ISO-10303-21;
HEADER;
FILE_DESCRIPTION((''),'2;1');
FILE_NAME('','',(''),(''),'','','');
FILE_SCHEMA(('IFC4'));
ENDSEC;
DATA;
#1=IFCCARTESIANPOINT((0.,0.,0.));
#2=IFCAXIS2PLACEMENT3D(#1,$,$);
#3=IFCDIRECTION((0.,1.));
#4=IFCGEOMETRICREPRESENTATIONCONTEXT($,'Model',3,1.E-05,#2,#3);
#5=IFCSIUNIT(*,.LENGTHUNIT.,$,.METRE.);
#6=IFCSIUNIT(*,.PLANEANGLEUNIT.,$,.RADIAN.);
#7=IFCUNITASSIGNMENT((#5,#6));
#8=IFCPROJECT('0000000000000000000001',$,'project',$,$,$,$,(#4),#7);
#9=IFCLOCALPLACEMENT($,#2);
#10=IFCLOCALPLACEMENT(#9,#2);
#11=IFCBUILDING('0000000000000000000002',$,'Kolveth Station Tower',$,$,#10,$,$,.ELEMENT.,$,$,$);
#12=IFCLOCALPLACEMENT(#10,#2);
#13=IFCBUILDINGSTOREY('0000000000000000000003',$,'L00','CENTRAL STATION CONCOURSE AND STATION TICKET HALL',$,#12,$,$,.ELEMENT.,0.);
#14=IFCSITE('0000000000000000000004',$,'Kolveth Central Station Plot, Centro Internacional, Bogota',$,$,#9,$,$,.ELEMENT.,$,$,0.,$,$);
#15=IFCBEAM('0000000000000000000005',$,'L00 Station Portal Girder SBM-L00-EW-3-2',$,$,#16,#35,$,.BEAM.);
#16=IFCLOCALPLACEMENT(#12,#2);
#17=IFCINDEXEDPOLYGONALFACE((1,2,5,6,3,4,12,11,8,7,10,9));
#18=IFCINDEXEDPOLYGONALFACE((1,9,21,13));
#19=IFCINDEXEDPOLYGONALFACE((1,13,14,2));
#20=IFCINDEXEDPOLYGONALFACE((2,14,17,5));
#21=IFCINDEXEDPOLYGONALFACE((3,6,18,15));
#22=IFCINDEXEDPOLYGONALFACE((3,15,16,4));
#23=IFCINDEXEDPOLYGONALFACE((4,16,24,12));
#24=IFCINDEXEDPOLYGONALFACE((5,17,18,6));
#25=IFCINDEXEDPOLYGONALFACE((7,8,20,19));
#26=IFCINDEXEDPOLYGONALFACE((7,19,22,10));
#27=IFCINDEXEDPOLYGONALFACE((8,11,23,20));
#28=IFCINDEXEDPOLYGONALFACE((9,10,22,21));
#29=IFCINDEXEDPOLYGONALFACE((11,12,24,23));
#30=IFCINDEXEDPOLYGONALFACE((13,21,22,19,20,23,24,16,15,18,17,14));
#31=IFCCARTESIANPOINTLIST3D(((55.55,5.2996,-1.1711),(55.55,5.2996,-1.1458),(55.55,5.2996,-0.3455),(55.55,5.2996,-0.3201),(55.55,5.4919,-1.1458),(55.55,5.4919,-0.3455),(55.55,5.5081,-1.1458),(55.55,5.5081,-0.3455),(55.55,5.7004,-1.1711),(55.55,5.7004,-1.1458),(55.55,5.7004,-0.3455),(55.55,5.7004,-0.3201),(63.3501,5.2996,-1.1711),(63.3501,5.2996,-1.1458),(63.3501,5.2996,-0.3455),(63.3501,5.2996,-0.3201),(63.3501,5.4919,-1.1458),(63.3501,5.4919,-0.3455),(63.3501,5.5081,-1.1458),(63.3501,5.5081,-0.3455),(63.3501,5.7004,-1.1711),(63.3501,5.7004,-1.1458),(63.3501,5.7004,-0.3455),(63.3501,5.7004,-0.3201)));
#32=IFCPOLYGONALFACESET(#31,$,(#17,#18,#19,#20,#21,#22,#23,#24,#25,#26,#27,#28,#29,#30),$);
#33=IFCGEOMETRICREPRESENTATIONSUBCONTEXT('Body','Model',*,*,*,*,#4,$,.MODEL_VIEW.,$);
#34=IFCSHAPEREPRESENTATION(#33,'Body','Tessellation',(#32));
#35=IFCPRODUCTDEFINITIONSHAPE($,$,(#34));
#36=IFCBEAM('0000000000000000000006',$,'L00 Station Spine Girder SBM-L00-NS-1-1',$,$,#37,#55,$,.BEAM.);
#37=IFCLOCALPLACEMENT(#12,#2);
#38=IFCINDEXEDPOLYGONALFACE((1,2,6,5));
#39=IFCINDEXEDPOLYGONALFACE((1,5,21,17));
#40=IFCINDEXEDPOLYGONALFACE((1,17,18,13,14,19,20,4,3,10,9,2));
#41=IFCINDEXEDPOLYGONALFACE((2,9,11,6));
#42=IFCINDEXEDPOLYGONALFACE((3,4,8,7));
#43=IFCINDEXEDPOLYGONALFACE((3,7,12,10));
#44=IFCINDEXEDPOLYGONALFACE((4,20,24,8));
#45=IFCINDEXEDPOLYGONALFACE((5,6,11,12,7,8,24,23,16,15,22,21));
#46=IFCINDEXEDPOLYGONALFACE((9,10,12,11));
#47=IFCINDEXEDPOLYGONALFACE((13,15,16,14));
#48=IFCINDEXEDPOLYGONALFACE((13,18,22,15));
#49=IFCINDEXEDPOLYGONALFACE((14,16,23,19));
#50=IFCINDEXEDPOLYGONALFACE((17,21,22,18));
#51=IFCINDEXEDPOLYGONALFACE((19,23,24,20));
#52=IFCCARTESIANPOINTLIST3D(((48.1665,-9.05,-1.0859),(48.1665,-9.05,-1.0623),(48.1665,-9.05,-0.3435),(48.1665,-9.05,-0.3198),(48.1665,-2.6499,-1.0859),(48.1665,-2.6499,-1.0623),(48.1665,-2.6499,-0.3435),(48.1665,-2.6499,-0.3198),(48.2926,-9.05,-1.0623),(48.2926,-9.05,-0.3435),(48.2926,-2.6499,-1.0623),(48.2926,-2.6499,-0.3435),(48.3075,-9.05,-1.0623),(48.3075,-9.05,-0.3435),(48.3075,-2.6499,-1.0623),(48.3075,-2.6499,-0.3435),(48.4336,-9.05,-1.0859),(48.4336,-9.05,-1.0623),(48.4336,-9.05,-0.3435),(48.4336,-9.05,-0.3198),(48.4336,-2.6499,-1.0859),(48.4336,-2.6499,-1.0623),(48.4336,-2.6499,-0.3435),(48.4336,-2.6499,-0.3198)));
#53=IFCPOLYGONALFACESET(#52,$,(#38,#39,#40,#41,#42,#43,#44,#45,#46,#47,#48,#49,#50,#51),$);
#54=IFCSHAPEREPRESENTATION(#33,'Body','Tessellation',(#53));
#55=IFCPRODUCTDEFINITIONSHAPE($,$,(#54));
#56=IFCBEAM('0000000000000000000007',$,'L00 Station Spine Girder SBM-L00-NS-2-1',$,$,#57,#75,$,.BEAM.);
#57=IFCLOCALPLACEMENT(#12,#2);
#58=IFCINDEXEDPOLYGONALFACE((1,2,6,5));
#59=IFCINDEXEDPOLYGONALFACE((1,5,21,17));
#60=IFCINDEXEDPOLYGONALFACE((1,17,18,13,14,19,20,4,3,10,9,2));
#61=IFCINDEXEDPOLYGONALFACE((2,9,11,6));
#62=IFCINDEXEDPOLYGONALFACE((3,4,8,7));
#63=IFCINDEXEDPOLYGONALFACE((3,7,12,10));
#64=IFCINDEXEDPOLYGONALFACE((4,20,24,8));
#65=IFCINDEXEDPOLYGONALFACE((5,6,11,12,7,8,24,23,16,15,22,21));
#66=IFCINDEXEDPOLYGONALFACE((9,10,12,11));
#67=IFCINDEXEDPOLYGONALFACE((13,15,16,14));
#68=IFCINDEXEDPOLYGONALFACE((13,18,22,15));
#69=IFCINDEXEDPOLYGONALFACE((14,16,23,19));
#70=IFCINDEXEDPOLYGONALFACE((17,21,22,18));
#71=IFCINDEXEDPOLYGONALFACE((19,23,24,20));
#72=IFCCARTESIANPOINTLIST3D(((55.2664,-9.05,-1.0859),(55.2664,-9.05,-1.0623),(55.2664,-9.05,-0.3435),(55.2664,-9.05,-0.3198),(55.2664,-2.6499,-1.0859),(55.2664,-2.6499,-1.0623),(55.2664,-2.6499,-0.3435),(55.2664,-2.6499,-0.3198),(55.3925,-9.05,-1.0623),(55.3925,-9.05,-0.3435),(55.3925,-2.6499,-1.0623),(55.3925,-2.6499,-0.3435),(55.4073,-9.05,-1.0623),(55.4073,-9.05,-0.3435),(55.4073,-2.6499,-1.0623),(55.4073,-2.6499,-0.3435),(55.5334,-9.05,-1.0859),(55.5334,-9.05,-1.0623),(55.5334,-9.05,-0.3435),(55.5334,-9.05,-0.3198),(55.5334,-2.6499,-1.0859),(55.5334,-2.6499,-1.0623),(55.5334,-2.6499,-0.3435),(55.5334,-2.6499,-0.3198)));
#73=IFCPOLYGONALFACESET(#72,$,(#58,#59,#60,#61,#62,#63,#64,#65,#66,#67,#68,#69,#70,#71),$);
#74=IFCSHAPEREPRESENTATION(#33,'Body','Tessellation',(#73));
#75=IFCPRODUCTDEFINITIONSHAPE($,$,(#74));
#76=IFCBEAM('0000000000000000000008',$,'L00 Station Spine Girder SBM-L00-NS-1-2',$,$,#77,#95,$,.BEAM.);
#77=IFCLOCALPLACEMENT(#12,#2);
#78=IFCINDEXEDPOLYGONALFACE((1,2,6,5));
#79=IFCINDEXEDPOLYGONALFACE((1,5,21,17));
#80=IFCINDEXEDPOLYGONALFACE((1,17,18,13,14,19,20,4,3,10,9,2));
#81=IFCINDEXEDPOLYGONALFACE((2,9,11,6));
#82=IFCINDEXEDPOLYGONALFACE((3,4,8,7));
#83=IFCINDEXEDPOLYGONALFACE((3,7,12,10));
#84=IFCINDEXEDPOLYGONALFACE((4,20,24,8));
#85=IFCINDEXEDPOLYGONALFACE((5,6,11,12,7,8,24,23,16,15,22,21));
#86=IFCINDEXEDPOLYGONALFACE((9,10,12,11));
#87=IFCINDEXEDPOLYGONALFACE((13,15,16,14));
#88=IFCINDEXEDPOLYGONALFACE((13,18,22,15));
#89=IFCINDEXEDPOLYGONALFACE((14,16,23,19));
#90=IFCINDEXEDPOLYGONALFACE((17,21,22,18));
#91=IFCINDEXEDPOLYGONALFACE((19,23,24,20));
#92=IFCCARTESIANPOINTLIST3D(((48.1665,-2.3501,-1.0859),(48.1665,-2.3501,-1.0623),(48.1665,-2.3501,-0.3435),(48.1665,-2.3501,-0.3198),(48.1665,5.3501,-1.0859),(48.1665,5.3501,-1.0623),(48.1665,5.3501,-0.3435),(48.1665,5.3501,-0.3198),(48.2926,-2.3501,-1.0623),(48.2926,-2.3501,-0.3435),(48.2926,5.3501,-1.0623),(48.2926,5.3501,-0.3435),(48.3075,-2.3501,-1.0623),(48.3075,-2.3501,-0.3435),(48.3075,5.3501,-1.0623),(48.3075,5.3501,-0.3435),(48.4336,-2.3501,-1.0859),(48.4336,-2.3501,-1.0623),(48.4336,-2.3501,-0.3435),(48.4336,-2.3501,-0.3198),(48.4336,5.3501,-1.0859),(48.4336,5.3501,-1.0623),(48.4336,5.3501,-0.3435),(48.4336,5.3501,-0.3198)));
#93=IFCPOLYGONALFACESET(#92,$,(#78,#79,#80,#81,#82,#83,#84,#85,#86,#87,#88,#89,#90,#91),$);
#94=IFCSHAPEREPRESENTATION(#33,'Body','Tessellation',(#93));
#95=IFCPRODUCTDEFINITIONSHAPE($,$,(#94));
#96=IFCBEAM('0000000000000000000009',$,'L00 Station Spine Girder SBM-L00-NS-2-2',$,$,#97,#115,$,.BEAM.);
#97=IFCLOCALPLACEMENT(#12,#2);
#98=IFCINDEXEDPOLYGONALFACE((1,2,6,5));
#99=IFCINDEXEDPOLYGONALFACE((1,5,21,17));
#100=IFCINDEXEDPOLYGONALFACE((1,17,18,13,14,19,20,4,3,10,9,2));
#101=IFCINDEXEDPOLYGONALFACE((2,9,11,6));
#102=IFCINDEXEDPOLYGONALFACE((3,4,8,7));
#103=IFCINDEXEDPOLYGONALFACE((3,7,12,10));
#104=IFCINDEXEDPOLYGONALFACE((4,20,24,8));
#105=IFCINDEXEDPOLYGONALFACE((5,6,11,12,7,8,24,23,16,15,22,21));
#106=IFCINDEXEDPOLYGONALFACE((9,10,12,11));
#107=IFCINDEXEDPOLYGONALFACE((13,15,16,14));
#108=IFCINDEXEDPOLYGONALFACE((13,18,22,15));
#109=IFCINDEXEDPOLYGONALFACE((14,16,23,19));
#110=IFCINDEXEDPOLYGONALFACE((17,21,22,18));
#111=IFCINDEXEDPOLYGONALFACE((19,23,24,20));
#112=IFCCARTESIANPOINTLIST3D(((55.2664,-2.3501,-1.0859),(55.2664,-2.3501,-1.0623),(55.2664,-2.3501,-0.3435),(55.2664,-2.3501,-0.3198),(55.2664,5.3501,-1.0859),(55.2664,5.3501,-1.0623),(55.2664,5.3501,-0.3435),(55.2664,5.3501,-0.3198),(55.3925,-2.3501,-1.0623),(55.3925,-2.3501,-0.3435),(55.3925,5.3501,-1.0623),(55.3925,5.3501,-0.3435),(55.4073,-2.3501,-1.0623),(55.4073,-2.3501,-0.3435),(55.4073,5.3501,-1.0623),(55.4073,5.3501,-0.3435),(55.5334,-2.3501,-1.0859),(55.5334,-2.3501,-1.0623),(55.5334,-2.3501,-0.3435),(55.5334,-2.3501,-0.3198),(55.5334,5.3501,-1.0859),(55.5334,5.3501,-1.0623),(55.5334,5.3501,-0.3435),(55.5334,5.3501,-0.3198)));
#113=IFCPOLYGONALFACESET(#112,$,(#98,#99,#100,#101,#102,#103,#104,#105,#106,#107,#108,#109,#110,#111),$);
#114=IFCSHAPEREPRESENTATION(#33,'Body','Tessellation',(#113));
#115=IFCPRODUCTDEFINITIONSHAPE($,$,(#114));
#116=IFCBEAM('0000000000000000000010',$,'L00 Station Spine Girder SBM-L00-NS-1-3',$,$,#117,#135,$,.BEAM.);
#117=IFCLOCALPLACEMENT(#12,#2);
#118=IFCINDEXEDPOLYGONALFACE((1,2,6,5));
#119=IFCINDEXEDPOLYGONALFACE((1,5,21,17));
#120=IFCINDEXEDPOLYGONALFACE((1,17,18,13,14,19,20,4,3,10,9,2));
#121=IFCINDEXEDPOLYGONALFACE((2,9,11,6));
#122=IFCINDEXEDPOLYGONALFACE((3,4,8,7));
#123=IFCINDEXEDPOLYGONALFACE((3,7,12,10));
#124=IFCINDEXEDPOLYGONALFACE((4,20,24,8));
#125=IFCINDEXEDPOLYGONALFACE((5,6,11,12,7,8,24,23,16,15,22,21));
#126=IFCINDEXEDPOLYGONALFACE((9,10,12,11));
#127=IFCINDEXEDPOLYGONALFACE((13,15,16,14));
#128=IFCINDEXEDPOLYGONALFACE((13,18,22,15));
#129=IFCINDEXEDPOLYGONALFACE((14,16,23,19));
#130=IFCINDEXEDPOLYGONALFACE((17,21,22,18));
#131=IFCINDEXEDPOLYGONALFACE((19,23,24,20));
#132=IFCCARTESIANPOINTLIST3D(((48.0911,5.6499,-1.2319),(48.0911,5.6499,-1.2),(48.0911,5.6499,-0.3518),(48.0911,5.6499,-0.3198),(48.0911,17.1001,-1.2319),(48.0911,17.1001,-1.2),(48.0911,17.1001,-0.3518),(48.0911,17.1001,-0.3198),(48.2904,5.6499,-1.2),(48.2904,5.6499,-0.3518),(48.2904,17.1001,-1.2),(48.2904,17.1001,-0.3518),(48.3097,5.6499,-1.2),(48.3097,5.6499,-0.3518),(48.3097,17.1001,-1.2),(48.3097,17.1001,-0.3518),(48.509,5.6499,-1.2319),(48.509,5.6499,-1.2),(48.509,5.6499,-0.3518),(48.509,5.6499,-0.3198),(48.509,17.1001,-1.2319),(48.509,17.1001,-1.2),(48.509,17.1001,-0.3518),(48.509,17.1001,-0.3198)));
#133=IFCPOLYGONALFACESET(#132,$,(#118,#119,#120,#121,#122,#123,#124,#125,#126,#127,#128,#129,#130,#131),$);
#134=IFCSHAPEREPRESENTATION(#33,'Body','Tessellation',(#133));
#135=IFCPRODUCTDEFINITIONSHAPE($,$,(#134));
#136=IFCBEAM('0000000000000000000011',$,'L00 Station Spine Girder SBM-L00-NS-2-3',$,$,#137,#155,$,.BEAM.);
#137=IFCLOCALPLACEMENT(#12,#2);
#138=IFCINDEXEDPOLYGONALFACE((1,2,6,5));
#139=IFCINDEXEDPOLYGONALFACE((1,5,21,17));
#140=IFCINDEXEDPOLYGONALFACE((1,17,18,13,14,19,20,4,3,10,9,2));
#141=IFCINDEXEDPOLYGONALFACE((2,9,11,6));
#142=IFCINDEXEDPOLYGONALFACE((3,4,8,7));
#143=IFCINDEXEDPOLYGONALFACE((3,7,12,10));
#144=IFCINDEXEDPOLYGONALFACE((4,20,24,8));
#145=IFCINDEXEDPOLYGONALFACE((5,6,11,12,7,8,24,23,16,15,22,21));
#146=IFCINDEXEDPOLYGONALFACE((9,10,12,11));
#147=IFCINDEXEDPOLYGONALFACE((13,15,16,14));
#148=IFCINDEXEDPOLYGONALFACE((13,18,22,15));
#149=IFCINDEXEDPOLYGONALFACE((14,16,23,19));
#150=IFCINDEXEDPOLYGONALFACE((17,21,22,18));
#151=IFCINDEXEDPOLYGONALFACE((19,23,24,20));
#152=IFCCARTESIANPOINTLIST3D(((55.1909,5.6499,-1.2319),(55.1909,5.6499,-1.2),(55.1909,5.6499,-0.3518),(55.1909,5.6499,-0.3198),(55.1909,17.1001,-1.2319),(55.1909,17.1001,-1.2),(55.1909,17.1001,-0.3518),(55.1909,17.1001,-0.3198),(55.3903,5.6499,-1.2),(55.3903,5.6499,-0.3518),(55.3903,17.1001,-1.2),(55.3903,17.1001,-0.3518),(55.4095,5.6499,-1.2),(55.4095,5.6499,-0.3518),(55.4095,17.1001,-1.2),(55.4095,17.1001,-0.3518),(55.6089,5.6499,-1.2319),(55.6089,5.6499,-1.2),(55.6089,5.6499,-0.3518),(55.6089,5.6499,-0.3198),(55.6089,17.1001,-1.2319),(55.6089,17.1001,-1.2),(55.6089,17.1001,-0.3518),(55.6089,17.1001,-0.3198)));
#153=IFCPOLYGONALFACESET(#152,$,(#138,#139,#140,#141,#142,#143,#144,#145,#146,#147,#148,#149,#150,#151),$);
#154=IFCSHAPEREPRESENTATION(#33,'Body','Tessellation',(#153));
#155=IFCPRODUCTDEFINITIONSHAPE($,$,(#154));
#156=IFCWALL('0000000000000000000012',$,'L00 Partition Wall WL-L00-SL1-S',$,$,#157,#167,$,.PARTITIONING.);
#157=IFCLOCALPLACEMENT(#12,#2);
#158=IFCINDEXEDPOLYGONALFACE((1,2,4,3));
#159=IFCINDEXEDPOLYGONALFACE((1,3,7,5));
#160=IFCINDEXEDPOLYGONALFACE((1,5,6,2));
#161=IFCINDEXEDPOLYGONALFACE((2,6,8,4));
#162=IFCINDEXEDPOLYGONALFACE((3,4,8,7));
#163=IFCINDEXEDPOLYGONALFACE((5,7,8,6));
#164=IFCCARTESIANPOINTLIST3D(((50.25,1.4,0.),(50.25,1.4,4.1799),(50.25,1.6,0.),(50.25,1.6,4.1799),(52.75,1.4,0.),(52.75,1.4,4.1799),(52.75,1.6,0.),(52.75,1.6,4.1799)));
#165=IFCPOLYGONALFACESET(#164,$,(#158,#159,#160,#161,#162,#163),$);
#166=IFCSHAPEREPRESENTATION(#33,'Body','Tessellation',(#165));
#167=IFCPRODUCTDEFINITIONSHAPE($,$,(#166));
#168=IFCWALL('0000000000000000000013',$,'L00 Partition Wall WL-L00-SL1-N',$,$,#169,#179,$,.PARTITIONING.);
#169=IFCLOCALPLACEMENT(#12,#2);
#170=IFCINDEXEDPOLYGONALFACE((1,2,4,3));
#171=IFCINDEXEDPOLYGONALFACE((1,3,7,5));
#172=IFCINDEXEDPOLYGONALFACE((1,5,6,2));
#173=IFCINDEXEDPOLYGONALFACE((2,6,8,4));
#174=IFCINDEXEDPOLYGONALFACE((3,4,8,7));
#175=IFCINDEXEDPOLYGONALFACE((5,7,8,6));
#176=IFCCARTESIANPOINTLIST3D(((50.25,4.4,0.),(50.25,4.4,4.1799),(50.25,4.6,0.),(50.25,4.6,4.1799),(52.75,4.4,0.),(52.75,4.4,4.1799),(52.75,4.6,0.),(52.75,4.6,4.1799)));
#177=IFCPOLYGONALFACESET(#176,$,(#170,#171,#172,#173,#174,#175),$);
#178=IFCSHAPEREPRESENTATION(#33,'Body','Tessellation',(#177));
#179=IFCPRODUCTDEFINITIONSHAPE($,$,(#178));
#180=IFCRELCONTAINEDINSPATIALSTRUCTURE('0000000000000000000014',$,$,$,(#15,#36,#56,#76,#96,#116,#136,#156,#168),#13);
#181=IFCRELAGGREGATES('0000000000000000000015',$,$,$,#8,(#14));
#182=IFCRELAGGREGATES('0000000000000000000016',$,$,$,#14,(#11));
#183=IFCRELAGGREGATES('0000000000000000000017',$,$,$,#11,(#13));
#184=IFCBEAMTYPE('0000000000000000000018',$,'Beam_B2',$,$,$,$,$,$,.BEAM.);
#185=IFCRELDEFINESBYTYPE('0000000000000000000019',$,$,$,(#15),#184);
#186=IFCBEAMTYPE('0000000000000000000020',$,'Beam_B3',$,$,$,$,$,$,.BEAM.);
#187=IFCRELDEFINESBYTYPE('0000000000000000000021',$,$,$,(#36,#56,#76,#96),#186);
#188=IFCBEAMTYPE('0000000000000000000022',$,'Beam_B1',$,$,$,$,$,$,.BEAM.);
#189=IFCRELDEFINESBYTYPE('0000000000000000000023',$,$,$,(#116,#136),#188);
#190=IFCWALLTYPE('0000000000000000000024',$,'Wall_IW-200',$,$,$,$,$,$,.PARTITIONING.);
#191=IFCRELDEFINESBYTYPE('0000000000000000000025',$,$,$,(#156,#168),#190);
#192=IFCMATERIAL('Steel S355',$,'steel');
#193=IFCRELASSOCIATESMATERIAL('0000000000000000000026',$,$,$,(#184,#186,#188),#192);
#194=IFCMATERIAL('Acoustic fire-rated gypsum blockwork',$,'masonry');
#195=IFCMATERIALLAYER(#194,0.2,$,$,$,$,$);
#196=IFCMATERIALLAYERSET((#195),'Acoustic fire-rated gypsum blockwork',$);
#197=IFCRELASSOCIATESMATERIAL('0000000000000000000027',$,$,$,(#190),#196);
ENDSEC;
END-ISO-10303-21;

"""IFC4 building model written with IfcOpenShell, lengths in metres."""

from ifc_helpers import new_model, si_unit, direction, frame, frame_2d, origin, origin_2d, place, context, subcontext, project, spatial, rectangle, i_section, extrude, source, transform, mapped, material, layer, layer_set, material_profile, profile_set, type_object, element, save


model = new_model("IFC4")

# Units and contexts
model_context = context("Model", 3, precision=1e-05, world=origin(), true_north=direction((0.0, 1.0)))
body_context = subcontext(model_context, "Body", "Model", "MODEL_VIEW")
ifc_project = project(units=[si_unit("LENGTHUNIT", "METRE"), si_unit("PLANEANGLEUNIT", "RADIAN")], contexts=[model_context])

# Site, building, storey
site_placement = place(None, origin())
site = spatial("IfcSite", under=ifc_project, at=site_placement, Name="Kolveth Central Station Plot, Centro Internacional, Bogota", CompositionType="ELEMENT", RefElevation=0.0)
building_placement = place(site_placement, origin())
building = spatial("IfcBuilding", under=site, at=building_placement, Name="Kolveth Station Tower", CompositionType="ELEMENT")
storey_placement = place(building_placement, origin())
storey = spatial("IfcBuildingStorey", under=building, at=storey_placement, Name="L00", Description="CENTRAL STATION CONCOURSE AND STATION TICKET HALL", CompositionType="ELEMENT", Elevation=0.0)

# Shared definitions
ifc_material_1 = material(Name="Steel S355", Category="steel")

# Beams
ifc_material_profile_1 = material_profile(ifc_material_1, i_section(OverallWidth=0.4009, OverallDepth=0.8511, WebThickness=0.0161, FlangeThickness=0.0254, at=origin_2d()), Name="W840x226")
ifc_profile_set_1 = profile_set([ifc_material_profile_1], Name="Steel S355")
beam_type_1 = type_object("IfcBeamType", Name="Beam_B2", PredefinedType="BEAM", material=ifc_profile_set_1)
shared_shape_1 = source(origin(), body_context, "Body", "SweptSolid", [
    extrude(i_section(OverallWidth=0.4009, OverallDepth=0.8511, WebThickness=0.0161, FlangeThickness=0.0254, at=origin_2d()), origin(), (0.0, 0.0, 1.0), 7.8),
])
for number, where, z_axis, x_axis, name in (
    (1, (55.55, 5.5, -0.7456), (1.0, 0.0, 0.0), (0.0, 1.0, 0.0), "L00 Station Portal Girder SBM-L00-EW-3-2"),
):
    element("IfcBeam", number, at=place(storey_placement, frame(where, z_axis=z_axis, x_axis=x_axis)), inside=storey, type_object=beam_type_1, Name=name, PredefinedType="BEAM", context=body_context, shape_type="MappedRepresentation", body=[
        mapped(shared_shape_1, transform((0.0, 0.0, 0.0), x_axis=(1.0, 0.0, 0.0), y_axis=(0.0, 1.0, 0.0), z_axis=(0.0, 0.0, 1.0), scale=1.0)),
    ])
ifc_material_profile_2 = material_profile(ifc_material_1, i_section(OverallWidth=0.2671, OverallDepth=0.7661, WebThickness=0.0149, FlangeThickness=0.0237, at=origin_2d()), Name="W760x185")
ifc_profile_set_2 = profile_set([ifc_material_profile_2], Name="Steel S355")
beam_type_2 = type_object("IfcBeamType", Name="Beam_B3", PredefinedType="BEAM", material=ifc_profile_set_2)
shared_shape_2 = source(origin(), body_context, "Body", "SweptSolid", [
    extrude(i_section(OverallWidth=0.2671, OverallDepth=0.7661, WebThickness=0.0149, FlangeThickness=0.0237, at=origin_2d()), origin(), (0.0, 0.0, 1.0), 6.4001),
])
for number, where, z_axis, x_axis, name in (
    (2, (48.3, -9.05, -0.7029), (0.0, 1.0, 0.0), (-1.0, 0.0, 0.0), "L00 Station Spine Girder SBM-L00-NS-1-1"),
    (3, (55.3999, -9.05, -0.7029), (0.0, 1.0, 0.0), (-1.0, 0.0, 0.0), "L00 Station Spine Girder SBM-L00-NS-2-1"),
):
    element("IfcBeam", number, at=place(storey_placement, frame(where, z_axis=z_axis, x_axis=x_axis)), inside=storey, type_object=beam_type_2, Name=name, PredefinedType="BEAM", context=body_context, shape_type="MappedRepresentation", body=[
        mapped(shared_shape_2, transform((0.0, 0.0, 0.0), x_axis=(1.0, 0.0, 0.0), y_axis=(0.0, 1.0, 0.0), z_axis=(0.0, 0.0, 1.0), scale=1.0)),
    ])
shared_shape_3 = source(origin(), body_context, "Body", "SweptSolid", [
    extrude(i_section(OverallWidth=0.2671, OverallDepth=0.7661, WebThickness=0.0149, FlangeThickness=0.0237, at=origin_2d()), origin(), (0.0, 0.0, 1.0), 7.7002),
])
for number, where, z_axis, x_axis, name in (
    (4, (48.3, -2.3501, -0.7029), (0.0, 1.0, 0.0), (-1.0, 0.0, 0.0), "L00 Station Spine Girder SBM-L00-NS-1-2"),
    (5, (55.3999, -2.3501, -0.7029), (0.0, 1.0, 0.0), (-1.0, 0.0, 0.0), "L00 Station Spine Girder SBM-L00-NS-2-2"),
):
    element("IfcBeam", number, at=place(storey_placement, frame(where, z_axis=z_axis, x_axis=x_axis)), inside=storey, type_object=beam_type_2, Name=name, PredefinedType="BEAM", context=body_context, shape_type="MappedRepresentation", body=[
        mapped(shared_shape_3, transform((0.0, 0.0, 0.0), x_axis=(1.0, 0.0, 0.0), y_axis=(0.0, 1.0, 0.0), z_axis=(0.0, 0.0, 1.0), scale=1.0)),
    ])
ifc_material_profile_3 = material_profile(ifc_material_1, i_section(OverallWidth=0.418, OverallDepth=0.9121, WebThickness=0.0193, FlangeThickness=0.032, at=origin_2d()), Name="W920x342")
ifc_profile_set_3 = profile_set([ifc_material_profile_3], Name="Steel S355")
beam_type_3 = type_object("IfcBeamType", Name="Beam_B1", PredefinedType="BEAM", material=ifc_profile_set_3)
shared_shape_4 = source(origin(), body_context, "Body", "SweptSolid", [
    extrude(i_section(OverallWidth=0.418, OverallDepth=0.9121, WebThickness=0.0193, FlangeThickness=0.032, at=origin_2d()), origin(), (0.0, 0.0, 1.0), 11.4502),
])
for number, where, z_axis, x_axis, name in (
    (6, (48.3, 5.6499, -0.7759), (0.0, 1.0, 0.0), (-1.0, 0.0, 0.0), "L00 Station Spine Girder SBM-L00-NS-1-3"),
    (7, (55.3999, 5.6499, -0.7759), (0.0, 1.0, 0.0), (-1.0, 0.0, 0.0), "L00 Station Spine Girder SBM-L00-NS-2-3"),
):
    element("IfcBeam", number, at=place(storey_placement, frame(where, z_axis=z_axis, x_axis=x_axis)), inside=storey, type_object=beam_type_3, Name=name, PredefinedType="BEAM", context=body_context, shape_type="MappedRepresentation", body=[
        mapped(shared_shape_4, transform((0.0, 0.0, 0.0), x_axis=(1.0, 0.0, 0.0), y_axis=(0.0, 1.0, 0.0), z_axis=(0.0, 0.0, 1.0), scale=1.0)),
    ])

# Walls
ifc_material_2 = material(Name="Acoustic fire-rated gypsum blockwork", Category="masonry")
ifc_layer_1 = layer(ifc_material_2, 0.2)
ifc_layer_set_1 = layer_set([ifc_layer_1], Name="Acoustic fire-rated gypsum blockwork")
wall_type_1 = type_object("IfcWallType", Name="Wall_IW-200", PredefinedType="PARTITIONING", material=ifc_layer_set_1)
for number, where, z_axis, x_axis, name in (
    (8, (50.25, 1.5, 0.0), (0.0, 0.0, 1.0), (1.0, 0.0, 0.0), "L00 Partition Wall WL-L00-SL1-S"),
    (9, (50.25, 4.5, 0.0), (0.0, 0.0, 1.0), (1.0, 0.0, 0.0), "L00 Partition Wall WL-L00-SL1-N"),
):
    element("IfcWall", number, at=place(storey_placement, frame(where, z_axis=z_axis, x_axis=x_axis)), inside=storey, type_object=wall_type_1, Name=name, PredefinedType="PARTITIONING", context=body_context, shape_type="SweptSolid", body=[
        extrude(rectangle(XDim=2.5, YDim=0.2, at=frame_2d((1.25, 0.0))), origin(), (0.0, 0.0, 1.0), 4.1799),
    ])

save(model, "model.ifc")
